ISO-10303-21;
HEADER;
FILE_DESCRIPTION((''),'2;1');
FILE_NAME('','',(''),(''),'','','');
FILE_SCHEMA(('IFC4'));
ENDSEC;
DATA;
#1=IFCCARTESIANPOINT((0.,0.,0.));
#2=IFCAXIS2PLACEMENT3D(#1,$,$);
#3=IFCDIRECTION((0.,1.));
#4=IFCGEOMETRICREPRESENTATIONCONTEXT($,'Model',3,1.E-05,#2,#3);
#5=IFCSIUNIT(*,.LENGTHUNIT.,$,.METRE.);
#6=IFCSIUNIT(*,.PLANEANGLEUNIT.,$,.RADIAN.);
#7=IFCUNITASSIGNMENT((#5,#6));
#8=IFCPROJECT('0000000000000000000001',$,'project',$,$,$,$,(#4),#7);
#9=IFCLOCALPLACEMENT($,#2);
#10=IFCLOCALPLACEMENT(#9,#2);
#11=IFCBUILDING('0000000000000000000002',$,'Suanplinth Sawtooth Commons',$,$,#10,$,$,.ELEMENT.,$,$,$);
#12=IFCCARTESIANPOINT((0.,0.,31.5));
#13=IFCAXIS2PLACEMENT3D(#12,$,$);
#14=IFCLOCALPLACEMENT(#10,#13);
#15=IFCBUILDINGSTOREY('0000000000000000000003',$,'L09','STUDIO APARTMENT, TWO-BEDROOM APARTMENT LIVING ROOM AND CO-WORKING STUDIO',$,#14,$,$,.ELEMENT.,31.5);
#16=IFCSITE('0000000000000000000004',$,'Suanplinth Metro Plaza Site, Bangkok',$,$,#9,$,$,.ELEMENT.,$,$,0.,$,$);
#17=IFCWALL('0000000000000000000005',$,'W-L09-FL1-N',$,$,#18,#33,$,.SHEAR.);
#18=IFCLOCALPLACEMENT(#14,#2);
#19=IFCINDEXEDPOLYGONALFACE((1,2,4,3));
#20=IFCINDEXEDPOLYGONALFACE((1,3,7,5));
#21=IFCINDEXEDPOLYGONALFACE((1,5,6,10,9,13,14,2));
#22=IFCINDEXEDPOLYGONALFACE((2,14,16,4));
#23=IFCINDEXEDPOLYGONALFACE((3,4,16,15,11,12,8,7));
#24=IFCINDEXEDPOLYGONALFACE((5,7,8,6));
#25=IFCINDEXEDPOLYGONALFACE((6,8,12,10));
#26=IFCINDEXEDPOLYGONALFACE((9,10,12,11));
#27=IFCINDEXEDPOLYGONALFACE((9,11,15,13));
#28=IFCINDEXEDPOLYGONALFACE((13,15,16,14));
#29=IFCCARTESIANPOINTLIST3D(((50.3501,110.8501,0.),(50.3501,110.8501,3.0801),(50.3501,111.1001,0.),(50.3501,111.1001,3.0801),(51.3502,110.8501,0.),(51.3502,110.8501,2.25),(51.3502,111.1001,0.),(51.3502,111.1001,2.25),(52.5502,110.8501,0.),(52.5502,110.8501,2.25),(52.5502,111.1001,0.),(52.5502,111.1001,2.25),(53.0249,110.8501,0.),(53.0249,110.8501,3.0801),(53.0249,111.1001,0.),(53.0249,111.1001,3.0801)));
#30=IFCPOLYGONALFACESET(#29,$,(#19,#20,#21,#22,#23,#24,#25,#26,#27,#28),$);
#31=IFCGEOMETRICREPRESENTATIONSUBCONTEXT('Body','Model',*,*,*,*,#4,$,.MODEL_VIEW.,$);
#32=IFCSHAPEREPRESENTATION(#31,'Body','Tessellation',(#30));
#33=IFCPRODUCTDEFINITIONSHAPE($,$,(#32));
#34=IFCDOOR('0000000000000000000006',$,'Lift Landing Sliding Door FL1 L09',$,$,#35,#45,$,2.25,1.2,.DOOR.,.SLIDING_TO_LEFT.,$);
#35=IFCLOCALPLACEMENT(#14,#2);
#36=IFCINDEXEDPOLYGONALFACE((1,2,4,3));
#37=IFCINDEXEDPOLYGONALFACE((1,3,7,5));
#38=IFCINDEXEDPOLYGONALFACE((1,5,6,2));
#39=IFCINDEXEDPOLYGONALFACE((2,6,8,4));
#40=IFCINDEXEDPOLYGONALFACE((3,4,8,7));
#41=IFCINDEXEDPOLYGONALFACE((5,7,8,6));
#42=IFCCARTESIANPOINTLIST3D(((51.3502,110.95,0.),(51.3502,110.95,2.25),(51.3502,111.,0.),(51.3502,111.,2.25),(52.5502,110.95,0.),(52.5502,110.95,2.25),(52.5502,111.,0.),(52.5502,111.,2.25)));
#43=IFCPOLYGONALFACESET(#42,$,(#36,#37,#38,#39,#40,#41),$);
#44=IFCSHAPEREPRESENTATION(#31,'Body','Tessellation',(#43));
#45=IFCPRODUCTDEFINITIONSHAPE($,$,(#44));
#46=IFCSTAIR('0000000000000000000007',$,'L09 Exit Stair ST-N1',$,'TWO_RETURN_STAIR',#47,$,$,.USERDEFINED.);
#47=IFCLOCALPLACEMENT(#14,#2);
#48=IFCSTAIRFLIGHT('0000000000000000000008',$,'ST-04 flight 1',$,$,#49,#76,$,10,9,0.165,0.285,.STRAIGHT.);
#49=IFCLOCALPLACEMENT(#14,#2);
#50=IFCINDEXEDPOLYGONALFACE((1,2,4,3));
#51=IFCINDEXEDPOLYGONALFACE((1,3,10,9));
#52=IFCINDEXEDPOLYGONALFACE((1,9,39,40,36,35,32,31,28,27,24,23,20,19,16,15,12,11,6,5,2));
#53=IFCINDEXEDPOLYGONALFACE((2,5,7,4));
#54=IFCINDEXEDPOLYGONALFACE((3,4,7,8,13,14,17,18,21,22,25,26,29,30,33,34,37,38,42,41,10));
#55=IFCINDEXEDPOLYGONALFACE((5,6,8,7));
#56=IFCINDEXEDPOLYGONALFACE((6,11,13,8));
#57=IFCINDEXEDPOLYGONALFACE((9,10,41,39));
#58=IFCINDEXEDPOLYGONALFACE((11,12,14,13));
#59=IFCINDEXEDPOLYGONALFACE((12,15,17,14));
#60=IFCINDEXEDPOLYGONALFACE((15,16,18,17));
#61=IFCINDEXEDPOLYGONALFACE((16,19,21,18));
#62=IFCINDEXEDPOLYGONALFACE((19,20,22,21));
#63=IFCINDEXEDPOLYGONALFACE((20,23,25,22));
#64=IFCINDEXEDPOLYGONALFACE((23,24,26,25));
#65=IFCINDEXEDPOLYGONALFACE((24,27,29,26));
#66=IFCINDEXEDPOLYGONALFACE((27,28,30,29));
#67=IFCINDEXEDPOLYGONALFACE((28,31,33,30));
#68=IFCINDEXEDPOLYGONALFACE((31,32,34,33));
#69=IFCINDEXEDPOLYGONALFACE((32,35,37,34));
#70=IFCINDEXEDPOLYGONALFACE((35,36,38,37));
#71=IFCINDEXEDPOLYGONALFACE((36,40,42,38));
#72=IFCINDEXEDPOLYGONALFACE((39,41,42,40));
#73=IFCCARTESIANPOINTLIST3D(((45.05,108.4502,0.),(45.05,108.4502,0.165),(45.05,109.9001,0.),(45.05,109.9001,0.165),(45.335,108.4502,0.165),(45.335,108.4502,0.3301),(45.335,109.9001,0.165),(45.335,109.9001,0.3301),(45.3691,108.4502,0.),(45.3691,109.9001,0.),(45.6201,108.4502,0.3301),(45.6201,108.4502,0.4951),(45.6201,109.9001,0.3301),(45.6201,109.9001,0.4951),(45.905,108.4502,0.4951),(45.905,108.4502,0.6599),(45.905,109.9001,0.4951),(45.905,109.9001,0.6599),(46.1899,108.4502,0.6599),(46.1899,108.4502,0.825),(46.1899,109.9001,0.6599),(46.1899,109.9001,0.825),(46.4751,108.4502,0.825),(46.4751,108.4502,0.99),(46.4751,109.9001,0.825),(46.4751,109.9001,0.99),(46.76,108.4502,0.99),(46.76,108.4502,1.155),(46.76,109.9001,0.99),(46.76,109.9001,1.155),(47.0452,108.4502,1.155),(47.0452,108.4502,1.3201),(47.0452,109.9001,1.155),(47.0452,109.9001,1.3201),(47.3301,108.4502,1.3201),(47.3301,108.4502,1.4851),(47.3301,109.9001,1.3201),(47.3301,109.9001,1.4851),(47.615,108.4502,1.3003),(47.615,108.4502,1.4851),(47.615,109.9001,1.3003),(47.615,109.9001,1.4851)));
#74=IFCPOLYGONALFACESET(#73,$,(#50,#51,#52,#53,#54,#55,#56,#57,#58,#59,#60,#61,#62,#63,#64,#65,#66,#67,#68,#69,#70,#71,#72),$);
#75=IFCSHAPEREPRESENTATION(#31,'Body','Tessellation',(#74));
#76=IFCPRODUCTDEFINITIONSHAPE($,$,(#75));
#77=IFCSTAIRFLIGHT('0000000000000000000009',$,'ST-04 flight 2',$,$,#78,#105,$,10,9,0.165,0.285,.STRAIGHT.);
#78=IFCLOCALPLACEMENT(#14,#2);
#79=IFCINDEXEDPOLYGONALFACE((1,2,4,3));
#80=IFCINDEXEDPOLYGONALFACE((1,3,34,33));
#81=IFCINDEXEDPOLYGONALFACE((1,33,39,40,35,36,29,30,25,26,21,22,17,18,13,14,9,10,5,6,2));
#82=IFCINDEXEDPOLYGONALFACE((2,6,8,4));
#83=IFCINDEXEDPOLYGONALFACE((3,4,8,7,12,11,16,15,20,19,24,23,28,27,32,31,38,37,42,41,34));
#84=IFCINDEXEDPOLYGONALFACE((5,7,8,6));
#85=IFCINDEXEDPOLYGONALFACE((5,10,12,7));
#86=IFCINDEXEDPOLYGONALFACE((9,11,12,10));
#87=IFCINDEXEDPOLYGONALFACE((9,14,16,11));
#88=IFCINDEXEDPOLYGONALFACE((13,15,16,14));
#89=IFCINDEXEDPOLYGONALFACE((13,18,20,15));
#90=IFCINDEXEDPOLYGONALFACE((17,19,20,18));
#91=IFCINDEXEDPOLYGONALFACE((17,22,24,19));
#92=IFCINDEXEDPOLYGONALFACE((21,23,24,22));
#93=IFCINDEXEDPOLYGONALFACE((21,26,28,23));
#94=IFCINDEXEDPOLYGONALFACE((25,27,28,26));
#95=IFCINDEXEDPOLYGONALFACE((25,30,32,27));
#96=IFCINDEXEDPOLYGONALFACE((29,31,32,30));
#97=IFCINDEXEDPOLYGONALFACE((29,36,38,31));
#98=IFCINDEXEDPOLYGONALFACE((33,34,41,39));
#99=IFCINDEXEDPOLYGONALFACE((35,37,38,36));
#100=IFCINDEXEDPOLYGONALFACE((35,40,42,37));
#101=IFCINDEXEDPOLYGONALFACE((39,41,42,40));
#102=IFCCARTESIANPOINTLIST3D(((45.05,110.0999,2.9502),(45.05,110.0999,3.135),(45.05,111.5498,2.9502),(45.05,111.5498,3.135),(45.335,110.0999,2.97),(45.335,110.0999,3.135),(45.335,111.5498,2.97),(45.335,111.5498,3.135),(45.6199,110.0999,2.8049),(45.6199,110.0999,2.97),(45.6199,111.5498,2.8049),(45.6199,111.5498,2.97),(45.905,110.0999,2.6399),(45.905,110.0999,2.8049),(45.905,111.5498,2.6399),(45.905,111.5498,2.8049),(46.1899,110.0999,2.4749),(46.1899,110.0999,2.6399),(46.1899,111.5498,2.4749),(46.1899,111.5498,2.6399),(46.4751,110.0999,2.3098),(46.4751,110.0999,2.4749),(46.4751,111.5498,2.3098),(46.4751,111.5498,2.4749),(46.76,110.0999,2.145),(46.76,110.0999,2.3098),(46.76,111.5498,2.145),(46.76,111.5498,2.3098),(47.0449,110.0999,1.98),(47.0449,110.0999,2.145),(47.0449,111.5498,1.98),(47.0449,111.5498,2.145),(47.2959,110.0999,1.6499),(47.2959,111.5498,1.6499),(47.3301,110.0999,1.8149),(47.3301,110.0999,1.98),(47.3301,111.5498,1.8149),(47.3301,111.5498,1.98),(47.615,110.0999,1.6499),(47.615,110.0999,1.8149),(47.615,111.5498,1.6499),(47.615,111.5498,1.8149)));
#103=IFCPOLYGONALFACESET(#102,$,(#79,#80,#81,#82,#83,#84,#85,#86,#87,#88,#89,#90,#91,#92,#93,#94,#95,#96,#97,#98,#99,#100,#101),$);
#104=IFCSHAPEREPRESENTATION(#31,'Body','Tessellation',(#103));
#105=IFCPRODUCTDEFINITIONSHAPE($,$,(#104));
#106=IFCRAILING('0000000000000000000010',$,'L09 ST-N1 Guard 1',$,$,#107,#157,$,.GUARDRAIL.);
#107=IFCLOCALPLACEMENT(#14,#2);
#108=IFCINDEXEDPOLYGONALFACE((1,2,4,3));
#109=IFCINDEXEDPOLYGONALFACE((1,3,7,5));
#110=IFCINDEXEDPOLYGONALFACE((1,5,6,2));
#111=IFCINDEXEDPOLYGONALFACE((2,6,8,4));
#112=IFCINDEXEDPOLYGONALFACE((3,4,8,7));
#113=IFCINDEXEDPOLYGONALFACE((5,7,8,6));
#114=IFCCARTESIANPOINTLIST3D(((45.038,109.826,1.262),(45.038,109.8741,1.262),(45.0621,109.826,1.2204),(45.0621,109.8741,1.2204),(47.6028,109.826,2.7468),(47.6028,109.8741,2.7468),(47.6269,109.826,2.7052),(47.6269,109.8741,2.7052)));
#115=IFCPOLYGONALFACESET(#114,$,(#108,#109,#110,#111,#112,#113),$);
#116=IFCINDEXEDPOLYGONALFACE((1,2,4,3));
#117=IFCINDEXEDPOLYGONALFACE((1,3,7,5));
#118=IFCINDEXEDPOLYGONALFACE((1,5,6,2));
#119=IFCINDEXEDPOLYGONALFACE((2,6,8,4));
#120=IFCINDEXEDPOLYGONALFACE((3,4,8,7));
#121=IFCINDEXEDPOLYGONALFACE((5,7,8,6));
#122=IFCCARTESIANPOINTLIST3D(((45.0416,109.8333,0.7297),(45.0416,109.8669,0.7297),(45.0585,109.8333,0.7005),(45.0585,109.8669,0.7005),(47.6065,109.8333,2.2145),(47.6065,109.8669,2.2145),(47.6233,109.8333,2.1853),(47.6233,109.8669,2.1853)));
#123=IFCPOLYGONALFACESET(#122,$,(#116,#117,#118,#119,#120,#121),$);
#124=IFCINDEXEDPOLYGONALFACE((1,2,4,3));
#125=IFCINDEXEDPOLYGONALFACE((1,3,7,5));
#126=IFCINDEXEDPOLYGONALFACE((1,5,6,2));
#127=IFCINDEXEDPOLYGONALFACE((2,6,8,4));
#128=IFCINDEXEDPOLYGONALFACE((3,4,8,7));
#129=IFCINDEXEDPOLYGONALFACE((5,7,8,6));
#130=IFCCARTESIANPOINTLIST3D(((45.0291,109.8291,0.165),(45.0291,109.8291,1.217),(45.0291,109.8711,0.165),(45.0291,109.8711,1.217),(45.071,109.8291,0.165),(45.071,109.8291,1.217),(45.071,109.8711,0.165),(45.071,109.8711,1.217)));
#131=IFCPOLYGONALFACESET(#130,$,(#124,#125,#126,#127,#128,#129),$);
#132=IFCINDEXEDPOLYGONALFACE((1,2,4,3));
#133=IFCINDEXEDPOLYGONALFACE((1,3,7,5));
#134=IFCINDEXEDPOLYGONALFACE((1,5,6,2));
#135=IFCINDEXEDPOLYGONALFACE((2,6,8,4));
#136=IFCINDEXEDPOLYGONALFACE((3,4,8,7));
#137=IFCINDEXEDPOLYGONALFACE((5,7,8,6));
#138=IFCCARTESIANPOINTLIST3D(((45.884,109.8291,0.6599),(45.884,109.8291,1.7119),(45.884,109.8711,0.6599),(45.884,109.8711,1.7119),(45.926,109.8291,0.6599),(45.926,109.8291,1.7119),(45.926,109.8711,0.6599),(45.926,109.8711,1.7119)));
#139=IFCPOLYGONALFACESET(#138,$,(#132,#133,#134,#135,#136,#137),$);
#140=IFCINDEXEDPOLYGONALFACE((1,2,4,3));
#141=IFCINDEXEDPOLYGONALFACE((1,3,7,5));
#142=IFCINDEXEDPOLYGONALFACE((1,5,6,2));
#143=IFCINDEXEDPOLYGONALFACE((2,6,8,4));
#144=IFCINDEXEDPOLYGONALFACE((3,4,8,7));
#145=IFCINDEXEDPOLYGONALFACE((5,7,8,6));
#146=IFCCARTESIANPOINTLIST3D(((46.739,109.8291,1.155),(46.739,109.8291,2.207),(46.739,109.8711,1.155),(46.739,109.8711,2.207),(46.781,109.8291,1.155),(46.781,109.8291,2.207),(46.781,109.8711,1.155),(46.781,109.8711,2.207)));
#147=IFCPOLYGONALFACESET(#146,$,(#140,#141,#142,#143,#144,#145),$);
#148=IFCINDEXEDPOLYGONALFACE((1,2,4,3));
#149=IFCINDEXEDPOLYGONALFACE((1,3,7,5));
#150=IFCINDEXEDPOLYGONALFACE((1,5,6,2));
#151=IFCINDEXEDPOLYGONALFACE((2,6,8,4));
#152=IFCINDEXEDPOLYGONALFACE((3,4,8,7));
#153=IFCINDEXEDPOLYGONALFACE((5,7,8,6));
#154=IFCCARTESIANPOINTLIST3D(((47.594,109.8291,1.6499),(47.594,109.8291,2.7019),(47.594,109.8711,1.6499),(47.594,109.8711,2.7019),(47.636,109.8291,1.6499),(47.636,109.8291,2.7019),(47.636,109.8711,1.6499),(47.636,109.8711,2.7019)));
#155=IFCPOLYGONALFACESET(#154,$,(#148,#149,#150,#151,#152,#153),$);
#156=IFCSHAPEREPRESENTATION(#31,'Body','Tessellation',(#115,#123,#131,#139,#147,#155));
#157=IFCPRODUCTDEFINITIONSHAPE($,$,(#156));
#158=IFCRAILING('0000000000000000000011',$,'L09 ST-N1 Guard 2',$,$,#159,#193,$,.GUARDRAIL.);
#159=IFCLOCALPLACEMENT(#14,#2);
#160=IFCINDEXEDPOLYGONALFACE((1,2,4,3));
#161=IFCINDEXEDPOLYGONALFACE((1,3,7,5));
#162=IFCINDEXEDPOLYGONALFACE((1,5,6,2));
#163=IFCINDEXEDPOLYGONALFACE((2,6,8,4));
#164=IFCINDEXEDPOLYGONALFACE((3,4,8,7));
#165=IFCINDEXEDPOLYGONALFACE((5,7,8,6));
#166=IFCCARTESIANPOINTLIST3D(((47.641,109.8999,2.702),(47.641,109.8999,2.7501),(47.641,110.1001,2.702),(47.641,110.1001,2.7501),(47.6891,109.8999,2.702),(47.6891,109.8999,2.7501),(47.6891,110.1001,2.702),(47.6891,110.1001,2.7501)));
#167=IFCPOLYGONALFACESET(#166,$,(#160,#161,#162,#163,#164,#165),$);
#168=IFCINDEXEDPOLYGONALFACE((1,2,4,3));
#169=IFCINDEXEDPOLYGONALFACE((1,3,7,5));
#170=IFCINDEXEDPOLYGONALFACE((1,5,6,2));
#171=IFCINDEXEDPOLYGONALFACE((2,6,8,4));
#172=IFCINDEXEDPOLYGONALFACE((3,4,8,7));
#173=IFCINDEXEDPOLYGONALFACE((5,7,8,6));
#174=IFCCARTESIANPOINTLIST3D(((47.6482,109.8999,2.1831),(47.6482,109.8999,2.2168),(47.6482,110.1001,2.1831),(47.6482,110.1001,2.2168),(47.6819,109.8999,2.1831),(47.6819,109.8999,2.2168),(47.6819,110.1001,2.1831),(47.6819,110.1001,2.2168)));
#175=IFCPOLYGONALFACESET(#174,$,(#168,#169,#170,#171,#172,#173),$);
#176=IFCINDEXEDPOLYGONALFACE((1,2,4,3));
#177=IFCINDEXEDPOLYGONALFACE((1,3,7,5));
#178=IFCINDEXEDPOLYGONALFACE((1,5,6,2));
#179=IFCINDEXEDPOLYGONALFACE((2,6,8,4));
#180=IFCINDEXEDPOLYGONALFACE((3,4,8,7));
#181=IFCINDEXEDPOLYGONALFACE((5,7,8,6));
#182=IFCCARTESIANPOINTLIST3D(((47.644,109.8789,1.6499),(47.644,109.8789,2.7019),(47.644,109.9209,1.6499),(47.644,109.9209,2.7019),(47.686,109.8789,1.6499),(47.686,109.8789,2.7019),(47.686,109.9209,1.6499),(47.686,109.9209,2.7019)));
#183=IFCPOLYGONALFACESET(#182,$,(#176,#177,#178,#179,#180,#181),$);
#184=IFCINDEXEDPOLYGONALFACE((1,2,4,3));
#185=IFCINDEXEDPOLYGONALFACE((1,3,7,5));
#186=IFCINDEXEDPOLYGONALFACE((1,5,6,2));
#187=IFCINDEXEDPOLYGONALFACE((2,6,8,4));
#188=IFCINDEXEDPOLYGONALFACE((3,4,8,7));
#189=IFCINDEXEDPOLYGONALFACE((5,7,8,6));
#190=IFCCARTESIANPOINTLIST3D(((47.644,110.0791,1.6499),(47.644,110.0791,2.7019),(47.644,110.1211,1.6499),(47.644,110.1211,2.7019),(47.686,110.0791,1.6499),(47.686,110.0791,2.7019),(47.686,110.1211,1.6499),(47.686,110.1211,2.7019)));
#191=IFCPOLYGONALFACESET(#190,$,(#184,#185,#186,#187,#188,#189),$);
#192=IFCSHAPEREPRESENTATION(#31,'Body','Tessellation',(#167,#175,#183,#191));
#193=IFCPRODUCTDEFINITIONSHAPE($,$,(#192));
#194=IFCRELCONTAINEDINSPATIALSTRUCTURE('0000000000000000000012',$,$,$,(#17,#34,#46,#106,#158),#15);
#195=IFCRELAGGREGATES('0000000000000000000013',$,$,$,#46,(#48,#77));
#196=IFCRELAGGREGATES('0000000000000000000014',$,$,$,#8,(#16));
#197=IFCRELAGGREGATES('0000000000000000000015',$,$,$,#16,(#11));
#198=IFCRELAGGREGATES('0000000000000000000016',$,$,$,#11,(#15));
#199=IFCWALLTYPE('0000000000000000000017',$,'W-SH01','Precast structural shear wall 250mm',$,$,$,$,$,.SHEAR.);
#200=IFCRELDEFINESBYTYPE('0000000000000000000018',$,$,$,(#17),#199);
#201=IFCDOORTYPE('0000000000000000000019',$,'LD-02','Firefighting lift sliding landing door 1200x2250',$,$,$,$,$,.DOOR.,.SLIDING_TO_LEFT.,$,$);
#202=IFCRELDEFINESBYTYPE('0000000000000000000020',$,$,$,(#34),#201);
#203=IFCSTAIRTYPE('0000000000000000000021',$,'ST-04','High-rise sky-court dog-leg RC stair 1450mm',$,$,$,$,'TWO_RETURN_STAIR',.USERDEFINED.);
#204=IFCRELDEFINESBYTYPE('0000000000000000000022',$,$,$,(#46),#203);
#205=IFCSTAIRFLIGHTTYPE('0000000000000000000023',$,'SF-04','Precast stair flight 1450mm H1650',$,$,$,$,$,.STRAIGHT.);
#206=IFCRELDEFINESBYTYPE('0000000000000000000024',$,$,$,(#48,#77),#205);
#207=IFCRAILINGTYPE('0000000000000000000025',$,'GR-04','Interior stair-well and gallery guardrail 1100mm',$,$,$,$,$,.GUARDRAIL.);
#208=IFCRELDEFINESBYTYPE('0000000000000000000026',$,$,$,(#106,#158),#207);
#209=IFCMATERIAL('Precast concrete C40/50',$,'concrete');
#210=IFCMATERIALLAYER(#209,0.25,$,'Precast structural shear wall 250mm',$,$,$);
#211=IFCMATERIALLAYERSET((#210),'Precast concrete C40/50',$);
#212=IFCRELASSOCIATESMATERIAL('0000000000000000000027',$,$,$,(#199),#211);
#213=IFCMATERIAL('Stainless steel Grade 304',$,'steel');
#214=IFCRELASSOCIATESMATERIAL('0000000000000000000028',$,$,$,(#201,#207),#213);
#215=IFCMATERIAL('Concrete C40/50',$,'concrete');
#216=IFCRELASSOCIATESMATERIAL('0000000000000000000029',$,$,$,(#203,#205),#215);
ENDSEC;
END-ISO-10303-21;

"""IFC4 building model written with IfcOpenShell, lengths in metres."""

from ifc_helpers import new_model, si_unit, direction, frame, frame_2d, origin, origin_2d, place, context, subcontext, project, spatial, polyline, rectangle, outline, extrude, material, layer, layer_set, type_object, element, fill, aggregate, save


model = new_model("IFC4")

# Units and contexts
model_context = context("Model", 3, precision=1e-05, world=origin(), true_north=direction((0.0, 1.0)))
body_context = subcontext(model_context, "Body", "Model", "MODEL_VIEW")
ifc_project = project(units=[si_unit("LENGTHUNIT", "METRE"), si_unit("PLANEANGLEUNIT", "RADIAN")], contexts=[model_context])

# Site, building, storey
site_placement = place(None, origin())
site = spatial("IfcSite", under=ifc_project, at=site_placement, Name="Suanplinth Metro Plaza Site, Bangkok", CompositionType="ELEMENT", RefElevation=0.0)
building_placement = place(site_placement, origin())
building = spatial("IfcBuilding", under=site, at=building_placement, Name="Suanplinth Sawtooth Commons", CompositionType="ELEMENT")
storey_placement = place(building_placement, frame((0.0, 0.0, 31.5)))
storey = spatial("IfcBuildingStorey", under=building, at=storey_placement, Name="L09", Description="STUDIO APARTMENT, TWO-BEDROOM APARTMENT LIVING ROOM AND CO-WORKING STUDIO", CompositionType="ELEMENT", Elevation=31.5)

# Shared definitions
ifc_material_1 = material(Name="Precast concrete C40/50", Category="concrete")

# Shared definitions
ifc_material_2 = material(Name="Concrete C40/50", Category="concrete")

# Shared definitions
ifc_layer_1 = layer(ifc_material_1, 0.25, Name="Precast structural shear wall 250mm")
ifc_layer_set_1 = layer_set([ifc_layer_1], Name="Precast concrete C40/50")
wall_type_1 = type_object("IfcWallType", Name="W-SH01", Description="Precast structural shear wall 250mm", PredefinedType="SHEAR", material=ifc_layer_set_1)

# Wall, opening, door
wall_1_placement = place(storey_placement, frame((50.3501, 110.9751, 0.0), z_axis=(0.0, 0.0, 1.0), x_axis=(1.0, 0.0, 0.0)))
wall_1 = element("IfcWall", 1, at=wall_1_placement, inside=storey, type_object=wall_type_1, Name="W-L09-FL1-N", PredefinedType="SHEAR", context=body_context, shape_type="SweptSolid", body=[
    extrude(rectangle(XDim=2.6748, YDim=0.25, at=frame_2d((1.3374, 0.0))), origin(), (0.0, 0.0, 1.0), 3.0801),
])
opening_1_placement = place(wall_1_placement, frame((1.0, 0.0, 0.0)))
opening_1 = element("IfcOpeningElement", 2, at=opening_1_placement, cuts=wall_1, PredefinedType="OPENING", context=body_context, shape_type="SweptSolid", body=[
    extrude(rectangle(XDim=1.2, YDim=2.25, at=frame_2d((0.6001, 1.125))), frame((0.0, 0.1399, 0.0), z_axis=(0.0, -1.0, 0.0), x_axis=(1.0, 0.0, 0.0)), (0.0, 0.0, 1.0), 0.2798),
])
ifc_material_3 = material(Name="Stainless steel Grade 304", Category="steel")
door_type = type_object("IfcDoorType", Name="LD-02", Description="Firefighting lift sliding landing door 1200x2250", OperationType="SLIDING_TO_LEFT", PredefinedType="DOOR", material=ifc_material_3)
door_placement = place(opening_1_placement, origin())
door = element("IfcDoor", 3, at=door_placement, inside=storey, type_object=door_type, Name="Lift Landing Sliding Door FL1 L09", OperationType="SLIDING_TO_LEFT", OverallHeight=2.25, OverallWidth=1.2, PredefinedType="DOOR", context=body_context, shape_type="SweptSolid", body=[
    extrude(rectangle(XDim=1.2, YDim=2.25, at=frame_2d((0.6001, 1.125))), frame((0.0, 0.0249, 0.0), z_axis=(0.0, -1.0, 0.0), x_axis=(1.0, 0.0, 0.0)), (0.0, 0.0, 1.0), 0.05),
])
fill(opening_1, door)

# Stair, stair flights
stair_type = type_object("IfcStairType", Name="ST-04", Description="High-rise sky-court dog-leg RC stair 1450mm", ElementType="TWO_RETURN_STAIR", PredefinedType="USERDEFINED", material=ifc_material_2)
stair_placement = place(storey_placement, origin())
stair = element("IfcStair", 4, at=stair_placement, inside=storey, type_object=stair_type, Name="L09 Exit Stair ST-N1", ObjectType="TWO_RETURN_STAIR", PredefinedType="USERDEFINED")
stair_flight_type = type_object("IfcStairFlightType", Name="SF-04", Description="Precast stair flight 1450mm H1650", PredefinedType="STRAIGHT", material=ifc_material_2)
stair_flight_1_placement = place(storey_placement, frame((45.05, 109.175, 0.0), z_axis=(0.0, 0.0, 1.0), x_axis=(1.0, 0.0, 0.0)))
stair_flight_1 = element("IfcStairFlight", 5, at=stair_flight_1_placement, type_object=stair_flight_type, Name="ST-04 flight 1", NumberOfRisers=10, NumberOfTreads=9, PredefinedType="STRAIGHT", RiserHeight=0.165, TreadLength=0.285, context=body_context, shape_type="SweptSolid", body=[
    extrude(outline(polyline([(0.0, 0.0), (0.0, 0.165), (0.2849, 0.165), (0.2849, 0.3301), (0.5701, 0.3301), (0.5701, 0.4951), (0.855, 0.4951), (0.855, 0.6599), (1.1399, 0.6599), (1.1399, 0.825), (1.425, 0.825), (1.425, 0.99), (1.71, 0.99), (1.71, 1.155), (1.9951, 1.155), (1.9951, 1.3201), (2.28, 1.3201), (2.28, 1.4851), (2.5649, 1.4851), (2.5649, 1.6499), (2.5649, 1.3003), (0.3191, 0.0), (0.0, 0.0)])), frame((0.0, 0.7251, 0.0), z_axis=(0.0, -1.0, 0.0), x_axis=(1.0, 0.0, 0.0)), (0.0, 0.0, 1.0), 1.45),
])
stair_flight_2_placement = place(storey_placement, frame((47.615, 110.825, 1.6499), z_axis=(0.0, 0.0, 1.0), x_axis=(-1.0, 0.0, 0.0)))
stair_flight_2 = element("IfcStairFlight", 6, at=stair_flight_2_placement, type_object=stair_flight_type, Name="ST-04 flight 2", NumberOfRisers=10, NumberOfTreads=9, PredefinedType="STRAIGHT", RiserHeight=0.165, TreadLength=0.285, context=body_context, shape_type="SweptSolid", body=[
    extrude(outline(polyline([(0.0, 0.0), (0.0, 0.165), (0.2849, 0.165), (0.2849, 0.3301), (0.5701, 0.3301), (0.5701, 0.4951), (0.855, 0.4951), (0.855, 0.6599), (1.1399, 0.6599), (1.1399, 0.825), (1.425, 0.825), (1.425, 0.99), (1.71, 0.99), (1.71, 1.155), (1.9951, 1.155), (1.9951, 1.3201), (2.28, 1.3201), (2.28, 1.4851), (2.5649, 1.4851), (2.5649, 1.6499), (2.5649, 1.3003), (0.3191, 0.0), (0.0, 0.0)])), frame((0.0, 0.7251, 0.0), z_axis=(0.0, -1.0, 0.0), x_axis=(1.0, 0.0, 0.0)), (0.0, 0.0, 1.0), 1.45),
])
aggregate(stair, [stair_flight_1, stair_flight_2])

# Railings
railing_type_1 = type_object("IfcRailingType", Name="GR-04", Description="Interior stair-well and gallery guardrail 1100mm", PredefinedType="GUARDRAIL", material=ifc_material_3)
railing_1_placement = place(storey_placement, frame((45.05, 109.8501, 0.165)))
element("IfcRailing", 7, at=railing_1_placement, inside=storey, type_object=railing_type_1, Name="L09 ST-N1 Guard 1", PredefinedType="GUARDRAIL", context=body_context, shape_type="SweptSolid", body=[
    extrude(rectangle(XDim=0.0481, YDim=0.0481, at=origin_2d()), frame((0.0, 0.0, 1.0762), z_axis=(0.865441, 0.0, 0.50101), x_axis=(0.0, 1.0, 0.0)), (0.0, 0.0, 1.0), 2.9636),
    extrude(rectangle(XDim=0.0337, YDim=0.0337, at=origin_2d()), frame((0.0, 0.0, 0.55), z_axis=(0.865441, 0.0, 0.50101), x_axis=(0.0, 1.0, 0.0)), (0.0, 0.0, 1.0), 2.9636),
    extrude(rectangle(XDim=0.042, YDim=0.042, at=origin_2d()), origin(), (0.0, 0.0, 1.0), 1.052),
    extrude(rectangle(XDim=0.042, YDim=0.042, at=origin_2d()), frame((0.855, 0.0, 0.4949)), (0.0, 0.0, 1.0), 1.052),
    extrude(rectangle(XDim=0.042, YDim=0.042, at=origin_2d()), frame((1.71, 0.0, 0.99)), (0.0, 0.0, 1.0), 1.052),
    extrude(rectangle(XDim=0.042, YDim=0.042, at=origin_2d()), frame((2.5649, 0.0, 1.4849)), (0.0, 0.0, 1.0), 1.052),
])
railing_2_placement = place(storey_placement, frame((47.665, 109.8999, 1.6499)))
element("IfcRailing", 8, at=railing_2_placement, inside=storey, type_object=railing_type_1, Name="L09 ST-N1 Guard 2", PredefinedType="GUARDRAIL", context=body_context, shape_type="SweptSolid", body=[
    extrude(rectangle(XDim=0.0481, YDim=0.0481, at=origin_2d()), frame((0.0, 0.0, 1.0762), z_axis=(0.0, 1.0, 0.0), x_axis=(-1.0, 0.0, 0.0)), (0.0, 0.0, 1.0), 0.2002),
    extrude(rectangle(XDim=0.0337, YDim=0.0337, at=origin_2d()), frame((0.0, 0.0, 0.55), z_axis=(0.0, 1.0, 0.0), x_axis=(-1.0, 0.0, 0.0)), (0.0, 0.0, 1.0), 0.2002),
    extrude(rectangle(XDim=0.042, YDim=0.042, at=origin_2d()), origin(), (0.0, 0.0, 1.0), 1.052),
    extrude(rectangle(XDim=0.042, YDim=0.042, at=origin_2d()), frame((0.0, 0.2002, 0.0)), (0.0, 0.0, 1.0), 1.052),
])

save(model, "model.ifc")
